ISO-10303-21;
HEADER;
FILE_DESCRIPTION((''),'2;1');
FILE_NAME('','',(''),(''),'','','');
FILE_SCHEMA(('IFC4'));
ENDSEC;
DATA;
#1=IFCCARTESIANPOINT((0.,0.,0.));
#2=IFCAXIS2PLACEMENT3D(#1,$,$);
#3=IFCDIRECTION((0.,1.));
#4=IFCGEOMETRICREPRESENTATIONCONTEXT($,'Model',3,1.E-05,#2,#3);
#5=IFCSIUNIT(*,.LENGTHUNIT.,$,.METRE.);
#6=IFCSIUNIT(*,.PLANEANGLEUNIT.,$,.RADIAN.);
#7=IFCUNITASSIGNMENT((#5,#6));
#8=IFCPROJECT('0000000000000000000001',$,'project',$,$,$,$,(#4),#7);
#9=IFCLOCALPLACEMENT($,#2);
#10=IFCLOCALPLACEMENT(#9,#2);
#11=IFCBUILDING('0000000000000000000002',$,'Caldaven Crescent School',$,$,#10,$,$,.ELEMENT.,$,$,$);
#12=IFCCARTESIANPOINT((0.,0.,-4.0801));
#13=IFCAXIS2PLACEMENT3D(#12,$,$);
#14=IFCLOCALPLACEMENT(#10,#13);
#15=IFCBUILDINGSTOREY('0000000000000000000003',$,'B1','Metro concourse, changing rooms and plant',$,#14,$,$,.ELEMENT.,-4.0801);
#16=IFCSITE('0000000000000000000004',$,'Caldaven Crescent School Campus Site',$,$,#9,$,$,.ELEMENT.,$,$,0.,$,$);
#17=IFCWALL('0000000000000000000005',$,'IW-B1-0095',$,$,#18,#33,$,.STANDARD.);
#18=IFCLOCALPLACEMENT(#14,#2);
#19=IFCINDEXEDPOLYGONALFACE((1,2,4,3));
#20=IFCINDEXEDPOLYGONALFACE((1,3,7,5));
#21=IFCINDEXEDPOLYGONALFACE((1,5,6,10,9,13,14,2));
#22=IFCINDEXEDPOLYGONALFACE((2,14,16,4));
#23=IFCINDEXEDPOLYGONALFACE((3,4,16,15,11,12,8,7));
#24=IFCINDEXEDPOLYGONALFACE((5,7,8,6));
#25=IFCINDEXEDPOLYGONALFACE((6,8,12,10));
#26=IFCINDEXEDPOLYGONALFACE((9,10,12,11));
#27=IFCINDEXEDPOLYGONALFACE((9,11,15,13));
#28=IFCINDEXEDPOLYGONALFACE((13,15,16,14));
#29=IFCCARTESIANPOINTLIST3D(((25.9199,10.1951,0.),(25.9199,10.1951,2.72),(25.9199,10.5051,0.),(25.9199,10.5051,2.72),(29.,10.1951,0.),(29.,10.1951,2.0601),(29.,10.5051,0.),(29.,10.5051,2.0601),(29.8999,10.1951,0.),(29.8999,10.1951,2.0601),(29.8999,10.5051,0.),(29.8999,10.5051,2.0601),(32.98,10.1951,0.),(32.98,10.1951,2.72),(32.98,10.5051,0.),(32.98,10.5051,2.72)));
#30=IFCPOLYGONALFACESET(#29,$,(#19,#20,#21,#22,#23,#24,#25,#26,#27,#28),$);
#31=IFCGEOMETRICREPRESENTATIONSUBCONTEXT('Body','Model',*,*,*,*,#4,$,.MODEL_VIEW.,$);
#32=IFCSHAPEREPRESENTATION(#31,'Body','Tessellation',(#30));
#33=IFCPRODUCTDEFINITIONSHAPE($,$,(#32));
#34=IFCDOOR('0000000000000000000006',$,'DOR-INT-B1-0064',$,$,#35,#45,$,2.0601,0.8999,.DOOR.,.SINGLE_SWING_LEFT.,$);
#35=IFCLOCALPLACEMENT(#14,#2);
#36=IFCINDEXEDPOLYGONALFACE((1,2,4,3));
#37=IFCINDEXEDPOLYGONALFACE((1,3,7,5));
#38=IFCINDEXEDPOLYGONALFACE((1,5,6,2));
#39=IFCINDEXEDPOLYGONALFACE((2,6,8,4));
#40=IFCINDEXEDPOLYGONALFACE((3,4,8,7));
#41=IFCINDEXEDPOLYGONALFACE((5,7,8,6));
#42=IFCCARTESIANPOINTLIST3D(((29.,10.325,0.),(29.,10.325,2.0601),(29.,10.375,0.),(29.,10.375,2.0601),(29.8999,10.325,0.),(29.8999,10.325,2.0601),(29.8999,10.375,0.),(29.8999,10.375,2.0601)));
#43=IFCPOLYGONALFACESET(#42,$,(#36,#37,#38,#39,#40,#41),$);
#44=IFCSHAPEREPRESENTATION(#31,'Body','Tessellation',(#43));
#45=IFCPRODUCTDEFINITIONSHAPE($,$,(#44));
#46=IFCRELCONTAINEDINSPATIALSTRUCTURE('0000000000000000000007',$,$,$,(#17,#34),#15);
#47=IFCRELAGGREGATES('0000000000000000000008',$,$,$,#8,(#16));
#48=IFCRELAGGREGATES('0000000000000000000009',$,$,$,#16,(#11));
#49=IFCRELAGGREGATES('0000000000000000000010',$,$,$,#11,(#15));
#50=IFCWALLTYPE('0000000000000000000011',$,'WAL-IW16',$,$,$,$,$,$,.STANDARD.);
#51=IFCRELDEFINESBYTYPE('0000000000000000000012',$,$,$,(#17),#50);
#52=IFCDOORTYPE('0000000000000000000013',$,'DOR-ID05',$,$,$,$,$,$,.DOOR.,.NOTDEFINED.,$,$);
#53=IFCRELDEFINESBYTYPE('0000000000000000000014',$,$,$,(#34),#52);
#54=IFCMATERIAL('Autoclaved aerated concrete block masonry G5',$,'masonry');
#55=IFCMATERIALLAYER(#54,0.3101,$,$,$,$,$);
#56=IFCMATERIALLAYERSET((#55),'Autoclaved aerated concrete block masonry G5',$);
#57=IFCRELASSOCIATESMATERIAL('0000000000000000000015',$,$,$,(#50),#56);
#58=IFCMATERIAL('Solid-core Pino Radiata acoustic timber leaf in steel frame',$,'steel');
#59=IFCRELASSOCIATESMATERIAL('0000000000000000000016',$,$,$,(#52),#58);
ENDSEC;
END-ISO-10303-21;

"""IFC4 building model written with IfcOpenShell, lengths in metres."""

from ifc_helpers import new_model, si_unit, direction, frame, frame_2d, origin, place, context, subcontext, project, spatial, rectangle, extrude, material, layer, layer_set, type_object, element, fill, save


model = new_model("IFC4")

# Units and contexts
model_context = context("Model", 3, precision=1e-05, world=origin(), true_north=direction((0.0, 1.0)))
body_context = subcontext(model_context, "Body", "Model", "MODEL_VIEW")
ifc_project = project(units=[si_unit("LENGTHUNIT", "METRE"), si_unit("PLANEANGLEUNIT", "RADIAN")], contexts=[model_context])

# Site, building, storey
site_placement = place(None, origin())
site = spatial("IfcSite", under=ifc_project, at=site_placement, Name="Caldaven Crescent School Campus Site", CompositionType="ELEMENT", RefElevation=0.0)
building_placement = place(site_placement, origin())
building = spatial("IfcBuilding", under=site, at=building_placement, Name="Caldaven Crescent School", CompositionType="ELEMENT")
storey_placement = place(building_placement, frame((0.0, 0.0, -4.0801)))
storey = spatial("IfcBuildingStorey", under=building, at=storey_placement, Name="B1", Description="Metro concourse, changing rooms and plant", CompositionType="ELEMENT", Elevation=-4.0801)

# Wall, opening, door
ifc_material_1 = material(Name="Solid-core Pino Radiata acoustic timber leaf in steel frame", Category="steel")
ifc_material_2 = material(Name="Autoclaved aerated concrete block masonry G5", Category="masonry")
ifc_layer_1 = layer(ifc_material_2, 0.3101)
ifc_layer_set_1 = layer_set([ifc_layer_1], Name="Autoclaved aerated concrete block masonry G5")
wall_type_1 = type_object("IfcWallType", Name="WAL-IW16", PredefinedType="STANDARD", material=ifc_layer_set_1)
wall_1_placement = place(storey_placement, frame((25.9199, 10.3501, 0.0), z_axis=(0.0, 0.0, 1.0), x_axis=(1.0, 0.0, 0.0)))
wall_1 = element("IfcWall", 1, at=wall_1_placement, inside=storey, type_object=wall_type_1, Name="IW-B1-0095", PredefinedType="STANDARD", context=body_context, shape_type="SweptSolid", body=[
    extrude(rectangle(XDim=7.0601, YDim=0.3101, at=frame_2d((3.53, 0.0))), origin(), (0.0, 0.0, 1.0), 2.72),
])
opening_1_placement = place(wall_1_placement, frame((3.0801, 0.0, 0.0)))
opening_1 = element("IfcOpeningElement", 2, at=opening_1_placement, cuts=wall_1, PredefinedType="OPENING", context=body_context, shape_type="SweptSolid", body=[
    extrude(rectangle(XDim=0.8999, YDim=2.0601, at=frame_2d((0.45, 1.03))), frame((0.0, 0.165, 0.0), z_axis=(0.0, -1.0, 0.0), x_axis=(1.0, 0.0, 0.0)), (0.0, 0.0, 1.0), 0.3301),
])
door_type_1 = type_object("IfcDoorType", Name="DOR-ID05", OperationType="NOTDEFINED", PredefinedType="DOOR", material=ifc_material_1)
door_1_placement = place(opening_1_placement, origin())
door_1 = element("IfcDoor", 3, at=door_1_placement, inside=storey, type_object=door_type_1, Name="DOR-INT-B1-0064", OperationType="SINGLE_SWING_LEFT", OverallHeight=2.0601, OverallWidth=0.8999, PredefinedType="DOOR", context=body_context, shape_type="SweptSolid", body=[
    extrude(rectangle(XDim=0.8999, YDim=2.0601, at=frame_2d((0.45, 1.03))), frame((0.0, 0.0249, 0.0), z_axis=(0.0, -1.0, 0.0), x_axis=(1.0, 0.0, 0.0)), (0.0, 0.0, 1.0), 0.05),
])
fill(opening_1, door_1)

save(model, "model.ifc")
